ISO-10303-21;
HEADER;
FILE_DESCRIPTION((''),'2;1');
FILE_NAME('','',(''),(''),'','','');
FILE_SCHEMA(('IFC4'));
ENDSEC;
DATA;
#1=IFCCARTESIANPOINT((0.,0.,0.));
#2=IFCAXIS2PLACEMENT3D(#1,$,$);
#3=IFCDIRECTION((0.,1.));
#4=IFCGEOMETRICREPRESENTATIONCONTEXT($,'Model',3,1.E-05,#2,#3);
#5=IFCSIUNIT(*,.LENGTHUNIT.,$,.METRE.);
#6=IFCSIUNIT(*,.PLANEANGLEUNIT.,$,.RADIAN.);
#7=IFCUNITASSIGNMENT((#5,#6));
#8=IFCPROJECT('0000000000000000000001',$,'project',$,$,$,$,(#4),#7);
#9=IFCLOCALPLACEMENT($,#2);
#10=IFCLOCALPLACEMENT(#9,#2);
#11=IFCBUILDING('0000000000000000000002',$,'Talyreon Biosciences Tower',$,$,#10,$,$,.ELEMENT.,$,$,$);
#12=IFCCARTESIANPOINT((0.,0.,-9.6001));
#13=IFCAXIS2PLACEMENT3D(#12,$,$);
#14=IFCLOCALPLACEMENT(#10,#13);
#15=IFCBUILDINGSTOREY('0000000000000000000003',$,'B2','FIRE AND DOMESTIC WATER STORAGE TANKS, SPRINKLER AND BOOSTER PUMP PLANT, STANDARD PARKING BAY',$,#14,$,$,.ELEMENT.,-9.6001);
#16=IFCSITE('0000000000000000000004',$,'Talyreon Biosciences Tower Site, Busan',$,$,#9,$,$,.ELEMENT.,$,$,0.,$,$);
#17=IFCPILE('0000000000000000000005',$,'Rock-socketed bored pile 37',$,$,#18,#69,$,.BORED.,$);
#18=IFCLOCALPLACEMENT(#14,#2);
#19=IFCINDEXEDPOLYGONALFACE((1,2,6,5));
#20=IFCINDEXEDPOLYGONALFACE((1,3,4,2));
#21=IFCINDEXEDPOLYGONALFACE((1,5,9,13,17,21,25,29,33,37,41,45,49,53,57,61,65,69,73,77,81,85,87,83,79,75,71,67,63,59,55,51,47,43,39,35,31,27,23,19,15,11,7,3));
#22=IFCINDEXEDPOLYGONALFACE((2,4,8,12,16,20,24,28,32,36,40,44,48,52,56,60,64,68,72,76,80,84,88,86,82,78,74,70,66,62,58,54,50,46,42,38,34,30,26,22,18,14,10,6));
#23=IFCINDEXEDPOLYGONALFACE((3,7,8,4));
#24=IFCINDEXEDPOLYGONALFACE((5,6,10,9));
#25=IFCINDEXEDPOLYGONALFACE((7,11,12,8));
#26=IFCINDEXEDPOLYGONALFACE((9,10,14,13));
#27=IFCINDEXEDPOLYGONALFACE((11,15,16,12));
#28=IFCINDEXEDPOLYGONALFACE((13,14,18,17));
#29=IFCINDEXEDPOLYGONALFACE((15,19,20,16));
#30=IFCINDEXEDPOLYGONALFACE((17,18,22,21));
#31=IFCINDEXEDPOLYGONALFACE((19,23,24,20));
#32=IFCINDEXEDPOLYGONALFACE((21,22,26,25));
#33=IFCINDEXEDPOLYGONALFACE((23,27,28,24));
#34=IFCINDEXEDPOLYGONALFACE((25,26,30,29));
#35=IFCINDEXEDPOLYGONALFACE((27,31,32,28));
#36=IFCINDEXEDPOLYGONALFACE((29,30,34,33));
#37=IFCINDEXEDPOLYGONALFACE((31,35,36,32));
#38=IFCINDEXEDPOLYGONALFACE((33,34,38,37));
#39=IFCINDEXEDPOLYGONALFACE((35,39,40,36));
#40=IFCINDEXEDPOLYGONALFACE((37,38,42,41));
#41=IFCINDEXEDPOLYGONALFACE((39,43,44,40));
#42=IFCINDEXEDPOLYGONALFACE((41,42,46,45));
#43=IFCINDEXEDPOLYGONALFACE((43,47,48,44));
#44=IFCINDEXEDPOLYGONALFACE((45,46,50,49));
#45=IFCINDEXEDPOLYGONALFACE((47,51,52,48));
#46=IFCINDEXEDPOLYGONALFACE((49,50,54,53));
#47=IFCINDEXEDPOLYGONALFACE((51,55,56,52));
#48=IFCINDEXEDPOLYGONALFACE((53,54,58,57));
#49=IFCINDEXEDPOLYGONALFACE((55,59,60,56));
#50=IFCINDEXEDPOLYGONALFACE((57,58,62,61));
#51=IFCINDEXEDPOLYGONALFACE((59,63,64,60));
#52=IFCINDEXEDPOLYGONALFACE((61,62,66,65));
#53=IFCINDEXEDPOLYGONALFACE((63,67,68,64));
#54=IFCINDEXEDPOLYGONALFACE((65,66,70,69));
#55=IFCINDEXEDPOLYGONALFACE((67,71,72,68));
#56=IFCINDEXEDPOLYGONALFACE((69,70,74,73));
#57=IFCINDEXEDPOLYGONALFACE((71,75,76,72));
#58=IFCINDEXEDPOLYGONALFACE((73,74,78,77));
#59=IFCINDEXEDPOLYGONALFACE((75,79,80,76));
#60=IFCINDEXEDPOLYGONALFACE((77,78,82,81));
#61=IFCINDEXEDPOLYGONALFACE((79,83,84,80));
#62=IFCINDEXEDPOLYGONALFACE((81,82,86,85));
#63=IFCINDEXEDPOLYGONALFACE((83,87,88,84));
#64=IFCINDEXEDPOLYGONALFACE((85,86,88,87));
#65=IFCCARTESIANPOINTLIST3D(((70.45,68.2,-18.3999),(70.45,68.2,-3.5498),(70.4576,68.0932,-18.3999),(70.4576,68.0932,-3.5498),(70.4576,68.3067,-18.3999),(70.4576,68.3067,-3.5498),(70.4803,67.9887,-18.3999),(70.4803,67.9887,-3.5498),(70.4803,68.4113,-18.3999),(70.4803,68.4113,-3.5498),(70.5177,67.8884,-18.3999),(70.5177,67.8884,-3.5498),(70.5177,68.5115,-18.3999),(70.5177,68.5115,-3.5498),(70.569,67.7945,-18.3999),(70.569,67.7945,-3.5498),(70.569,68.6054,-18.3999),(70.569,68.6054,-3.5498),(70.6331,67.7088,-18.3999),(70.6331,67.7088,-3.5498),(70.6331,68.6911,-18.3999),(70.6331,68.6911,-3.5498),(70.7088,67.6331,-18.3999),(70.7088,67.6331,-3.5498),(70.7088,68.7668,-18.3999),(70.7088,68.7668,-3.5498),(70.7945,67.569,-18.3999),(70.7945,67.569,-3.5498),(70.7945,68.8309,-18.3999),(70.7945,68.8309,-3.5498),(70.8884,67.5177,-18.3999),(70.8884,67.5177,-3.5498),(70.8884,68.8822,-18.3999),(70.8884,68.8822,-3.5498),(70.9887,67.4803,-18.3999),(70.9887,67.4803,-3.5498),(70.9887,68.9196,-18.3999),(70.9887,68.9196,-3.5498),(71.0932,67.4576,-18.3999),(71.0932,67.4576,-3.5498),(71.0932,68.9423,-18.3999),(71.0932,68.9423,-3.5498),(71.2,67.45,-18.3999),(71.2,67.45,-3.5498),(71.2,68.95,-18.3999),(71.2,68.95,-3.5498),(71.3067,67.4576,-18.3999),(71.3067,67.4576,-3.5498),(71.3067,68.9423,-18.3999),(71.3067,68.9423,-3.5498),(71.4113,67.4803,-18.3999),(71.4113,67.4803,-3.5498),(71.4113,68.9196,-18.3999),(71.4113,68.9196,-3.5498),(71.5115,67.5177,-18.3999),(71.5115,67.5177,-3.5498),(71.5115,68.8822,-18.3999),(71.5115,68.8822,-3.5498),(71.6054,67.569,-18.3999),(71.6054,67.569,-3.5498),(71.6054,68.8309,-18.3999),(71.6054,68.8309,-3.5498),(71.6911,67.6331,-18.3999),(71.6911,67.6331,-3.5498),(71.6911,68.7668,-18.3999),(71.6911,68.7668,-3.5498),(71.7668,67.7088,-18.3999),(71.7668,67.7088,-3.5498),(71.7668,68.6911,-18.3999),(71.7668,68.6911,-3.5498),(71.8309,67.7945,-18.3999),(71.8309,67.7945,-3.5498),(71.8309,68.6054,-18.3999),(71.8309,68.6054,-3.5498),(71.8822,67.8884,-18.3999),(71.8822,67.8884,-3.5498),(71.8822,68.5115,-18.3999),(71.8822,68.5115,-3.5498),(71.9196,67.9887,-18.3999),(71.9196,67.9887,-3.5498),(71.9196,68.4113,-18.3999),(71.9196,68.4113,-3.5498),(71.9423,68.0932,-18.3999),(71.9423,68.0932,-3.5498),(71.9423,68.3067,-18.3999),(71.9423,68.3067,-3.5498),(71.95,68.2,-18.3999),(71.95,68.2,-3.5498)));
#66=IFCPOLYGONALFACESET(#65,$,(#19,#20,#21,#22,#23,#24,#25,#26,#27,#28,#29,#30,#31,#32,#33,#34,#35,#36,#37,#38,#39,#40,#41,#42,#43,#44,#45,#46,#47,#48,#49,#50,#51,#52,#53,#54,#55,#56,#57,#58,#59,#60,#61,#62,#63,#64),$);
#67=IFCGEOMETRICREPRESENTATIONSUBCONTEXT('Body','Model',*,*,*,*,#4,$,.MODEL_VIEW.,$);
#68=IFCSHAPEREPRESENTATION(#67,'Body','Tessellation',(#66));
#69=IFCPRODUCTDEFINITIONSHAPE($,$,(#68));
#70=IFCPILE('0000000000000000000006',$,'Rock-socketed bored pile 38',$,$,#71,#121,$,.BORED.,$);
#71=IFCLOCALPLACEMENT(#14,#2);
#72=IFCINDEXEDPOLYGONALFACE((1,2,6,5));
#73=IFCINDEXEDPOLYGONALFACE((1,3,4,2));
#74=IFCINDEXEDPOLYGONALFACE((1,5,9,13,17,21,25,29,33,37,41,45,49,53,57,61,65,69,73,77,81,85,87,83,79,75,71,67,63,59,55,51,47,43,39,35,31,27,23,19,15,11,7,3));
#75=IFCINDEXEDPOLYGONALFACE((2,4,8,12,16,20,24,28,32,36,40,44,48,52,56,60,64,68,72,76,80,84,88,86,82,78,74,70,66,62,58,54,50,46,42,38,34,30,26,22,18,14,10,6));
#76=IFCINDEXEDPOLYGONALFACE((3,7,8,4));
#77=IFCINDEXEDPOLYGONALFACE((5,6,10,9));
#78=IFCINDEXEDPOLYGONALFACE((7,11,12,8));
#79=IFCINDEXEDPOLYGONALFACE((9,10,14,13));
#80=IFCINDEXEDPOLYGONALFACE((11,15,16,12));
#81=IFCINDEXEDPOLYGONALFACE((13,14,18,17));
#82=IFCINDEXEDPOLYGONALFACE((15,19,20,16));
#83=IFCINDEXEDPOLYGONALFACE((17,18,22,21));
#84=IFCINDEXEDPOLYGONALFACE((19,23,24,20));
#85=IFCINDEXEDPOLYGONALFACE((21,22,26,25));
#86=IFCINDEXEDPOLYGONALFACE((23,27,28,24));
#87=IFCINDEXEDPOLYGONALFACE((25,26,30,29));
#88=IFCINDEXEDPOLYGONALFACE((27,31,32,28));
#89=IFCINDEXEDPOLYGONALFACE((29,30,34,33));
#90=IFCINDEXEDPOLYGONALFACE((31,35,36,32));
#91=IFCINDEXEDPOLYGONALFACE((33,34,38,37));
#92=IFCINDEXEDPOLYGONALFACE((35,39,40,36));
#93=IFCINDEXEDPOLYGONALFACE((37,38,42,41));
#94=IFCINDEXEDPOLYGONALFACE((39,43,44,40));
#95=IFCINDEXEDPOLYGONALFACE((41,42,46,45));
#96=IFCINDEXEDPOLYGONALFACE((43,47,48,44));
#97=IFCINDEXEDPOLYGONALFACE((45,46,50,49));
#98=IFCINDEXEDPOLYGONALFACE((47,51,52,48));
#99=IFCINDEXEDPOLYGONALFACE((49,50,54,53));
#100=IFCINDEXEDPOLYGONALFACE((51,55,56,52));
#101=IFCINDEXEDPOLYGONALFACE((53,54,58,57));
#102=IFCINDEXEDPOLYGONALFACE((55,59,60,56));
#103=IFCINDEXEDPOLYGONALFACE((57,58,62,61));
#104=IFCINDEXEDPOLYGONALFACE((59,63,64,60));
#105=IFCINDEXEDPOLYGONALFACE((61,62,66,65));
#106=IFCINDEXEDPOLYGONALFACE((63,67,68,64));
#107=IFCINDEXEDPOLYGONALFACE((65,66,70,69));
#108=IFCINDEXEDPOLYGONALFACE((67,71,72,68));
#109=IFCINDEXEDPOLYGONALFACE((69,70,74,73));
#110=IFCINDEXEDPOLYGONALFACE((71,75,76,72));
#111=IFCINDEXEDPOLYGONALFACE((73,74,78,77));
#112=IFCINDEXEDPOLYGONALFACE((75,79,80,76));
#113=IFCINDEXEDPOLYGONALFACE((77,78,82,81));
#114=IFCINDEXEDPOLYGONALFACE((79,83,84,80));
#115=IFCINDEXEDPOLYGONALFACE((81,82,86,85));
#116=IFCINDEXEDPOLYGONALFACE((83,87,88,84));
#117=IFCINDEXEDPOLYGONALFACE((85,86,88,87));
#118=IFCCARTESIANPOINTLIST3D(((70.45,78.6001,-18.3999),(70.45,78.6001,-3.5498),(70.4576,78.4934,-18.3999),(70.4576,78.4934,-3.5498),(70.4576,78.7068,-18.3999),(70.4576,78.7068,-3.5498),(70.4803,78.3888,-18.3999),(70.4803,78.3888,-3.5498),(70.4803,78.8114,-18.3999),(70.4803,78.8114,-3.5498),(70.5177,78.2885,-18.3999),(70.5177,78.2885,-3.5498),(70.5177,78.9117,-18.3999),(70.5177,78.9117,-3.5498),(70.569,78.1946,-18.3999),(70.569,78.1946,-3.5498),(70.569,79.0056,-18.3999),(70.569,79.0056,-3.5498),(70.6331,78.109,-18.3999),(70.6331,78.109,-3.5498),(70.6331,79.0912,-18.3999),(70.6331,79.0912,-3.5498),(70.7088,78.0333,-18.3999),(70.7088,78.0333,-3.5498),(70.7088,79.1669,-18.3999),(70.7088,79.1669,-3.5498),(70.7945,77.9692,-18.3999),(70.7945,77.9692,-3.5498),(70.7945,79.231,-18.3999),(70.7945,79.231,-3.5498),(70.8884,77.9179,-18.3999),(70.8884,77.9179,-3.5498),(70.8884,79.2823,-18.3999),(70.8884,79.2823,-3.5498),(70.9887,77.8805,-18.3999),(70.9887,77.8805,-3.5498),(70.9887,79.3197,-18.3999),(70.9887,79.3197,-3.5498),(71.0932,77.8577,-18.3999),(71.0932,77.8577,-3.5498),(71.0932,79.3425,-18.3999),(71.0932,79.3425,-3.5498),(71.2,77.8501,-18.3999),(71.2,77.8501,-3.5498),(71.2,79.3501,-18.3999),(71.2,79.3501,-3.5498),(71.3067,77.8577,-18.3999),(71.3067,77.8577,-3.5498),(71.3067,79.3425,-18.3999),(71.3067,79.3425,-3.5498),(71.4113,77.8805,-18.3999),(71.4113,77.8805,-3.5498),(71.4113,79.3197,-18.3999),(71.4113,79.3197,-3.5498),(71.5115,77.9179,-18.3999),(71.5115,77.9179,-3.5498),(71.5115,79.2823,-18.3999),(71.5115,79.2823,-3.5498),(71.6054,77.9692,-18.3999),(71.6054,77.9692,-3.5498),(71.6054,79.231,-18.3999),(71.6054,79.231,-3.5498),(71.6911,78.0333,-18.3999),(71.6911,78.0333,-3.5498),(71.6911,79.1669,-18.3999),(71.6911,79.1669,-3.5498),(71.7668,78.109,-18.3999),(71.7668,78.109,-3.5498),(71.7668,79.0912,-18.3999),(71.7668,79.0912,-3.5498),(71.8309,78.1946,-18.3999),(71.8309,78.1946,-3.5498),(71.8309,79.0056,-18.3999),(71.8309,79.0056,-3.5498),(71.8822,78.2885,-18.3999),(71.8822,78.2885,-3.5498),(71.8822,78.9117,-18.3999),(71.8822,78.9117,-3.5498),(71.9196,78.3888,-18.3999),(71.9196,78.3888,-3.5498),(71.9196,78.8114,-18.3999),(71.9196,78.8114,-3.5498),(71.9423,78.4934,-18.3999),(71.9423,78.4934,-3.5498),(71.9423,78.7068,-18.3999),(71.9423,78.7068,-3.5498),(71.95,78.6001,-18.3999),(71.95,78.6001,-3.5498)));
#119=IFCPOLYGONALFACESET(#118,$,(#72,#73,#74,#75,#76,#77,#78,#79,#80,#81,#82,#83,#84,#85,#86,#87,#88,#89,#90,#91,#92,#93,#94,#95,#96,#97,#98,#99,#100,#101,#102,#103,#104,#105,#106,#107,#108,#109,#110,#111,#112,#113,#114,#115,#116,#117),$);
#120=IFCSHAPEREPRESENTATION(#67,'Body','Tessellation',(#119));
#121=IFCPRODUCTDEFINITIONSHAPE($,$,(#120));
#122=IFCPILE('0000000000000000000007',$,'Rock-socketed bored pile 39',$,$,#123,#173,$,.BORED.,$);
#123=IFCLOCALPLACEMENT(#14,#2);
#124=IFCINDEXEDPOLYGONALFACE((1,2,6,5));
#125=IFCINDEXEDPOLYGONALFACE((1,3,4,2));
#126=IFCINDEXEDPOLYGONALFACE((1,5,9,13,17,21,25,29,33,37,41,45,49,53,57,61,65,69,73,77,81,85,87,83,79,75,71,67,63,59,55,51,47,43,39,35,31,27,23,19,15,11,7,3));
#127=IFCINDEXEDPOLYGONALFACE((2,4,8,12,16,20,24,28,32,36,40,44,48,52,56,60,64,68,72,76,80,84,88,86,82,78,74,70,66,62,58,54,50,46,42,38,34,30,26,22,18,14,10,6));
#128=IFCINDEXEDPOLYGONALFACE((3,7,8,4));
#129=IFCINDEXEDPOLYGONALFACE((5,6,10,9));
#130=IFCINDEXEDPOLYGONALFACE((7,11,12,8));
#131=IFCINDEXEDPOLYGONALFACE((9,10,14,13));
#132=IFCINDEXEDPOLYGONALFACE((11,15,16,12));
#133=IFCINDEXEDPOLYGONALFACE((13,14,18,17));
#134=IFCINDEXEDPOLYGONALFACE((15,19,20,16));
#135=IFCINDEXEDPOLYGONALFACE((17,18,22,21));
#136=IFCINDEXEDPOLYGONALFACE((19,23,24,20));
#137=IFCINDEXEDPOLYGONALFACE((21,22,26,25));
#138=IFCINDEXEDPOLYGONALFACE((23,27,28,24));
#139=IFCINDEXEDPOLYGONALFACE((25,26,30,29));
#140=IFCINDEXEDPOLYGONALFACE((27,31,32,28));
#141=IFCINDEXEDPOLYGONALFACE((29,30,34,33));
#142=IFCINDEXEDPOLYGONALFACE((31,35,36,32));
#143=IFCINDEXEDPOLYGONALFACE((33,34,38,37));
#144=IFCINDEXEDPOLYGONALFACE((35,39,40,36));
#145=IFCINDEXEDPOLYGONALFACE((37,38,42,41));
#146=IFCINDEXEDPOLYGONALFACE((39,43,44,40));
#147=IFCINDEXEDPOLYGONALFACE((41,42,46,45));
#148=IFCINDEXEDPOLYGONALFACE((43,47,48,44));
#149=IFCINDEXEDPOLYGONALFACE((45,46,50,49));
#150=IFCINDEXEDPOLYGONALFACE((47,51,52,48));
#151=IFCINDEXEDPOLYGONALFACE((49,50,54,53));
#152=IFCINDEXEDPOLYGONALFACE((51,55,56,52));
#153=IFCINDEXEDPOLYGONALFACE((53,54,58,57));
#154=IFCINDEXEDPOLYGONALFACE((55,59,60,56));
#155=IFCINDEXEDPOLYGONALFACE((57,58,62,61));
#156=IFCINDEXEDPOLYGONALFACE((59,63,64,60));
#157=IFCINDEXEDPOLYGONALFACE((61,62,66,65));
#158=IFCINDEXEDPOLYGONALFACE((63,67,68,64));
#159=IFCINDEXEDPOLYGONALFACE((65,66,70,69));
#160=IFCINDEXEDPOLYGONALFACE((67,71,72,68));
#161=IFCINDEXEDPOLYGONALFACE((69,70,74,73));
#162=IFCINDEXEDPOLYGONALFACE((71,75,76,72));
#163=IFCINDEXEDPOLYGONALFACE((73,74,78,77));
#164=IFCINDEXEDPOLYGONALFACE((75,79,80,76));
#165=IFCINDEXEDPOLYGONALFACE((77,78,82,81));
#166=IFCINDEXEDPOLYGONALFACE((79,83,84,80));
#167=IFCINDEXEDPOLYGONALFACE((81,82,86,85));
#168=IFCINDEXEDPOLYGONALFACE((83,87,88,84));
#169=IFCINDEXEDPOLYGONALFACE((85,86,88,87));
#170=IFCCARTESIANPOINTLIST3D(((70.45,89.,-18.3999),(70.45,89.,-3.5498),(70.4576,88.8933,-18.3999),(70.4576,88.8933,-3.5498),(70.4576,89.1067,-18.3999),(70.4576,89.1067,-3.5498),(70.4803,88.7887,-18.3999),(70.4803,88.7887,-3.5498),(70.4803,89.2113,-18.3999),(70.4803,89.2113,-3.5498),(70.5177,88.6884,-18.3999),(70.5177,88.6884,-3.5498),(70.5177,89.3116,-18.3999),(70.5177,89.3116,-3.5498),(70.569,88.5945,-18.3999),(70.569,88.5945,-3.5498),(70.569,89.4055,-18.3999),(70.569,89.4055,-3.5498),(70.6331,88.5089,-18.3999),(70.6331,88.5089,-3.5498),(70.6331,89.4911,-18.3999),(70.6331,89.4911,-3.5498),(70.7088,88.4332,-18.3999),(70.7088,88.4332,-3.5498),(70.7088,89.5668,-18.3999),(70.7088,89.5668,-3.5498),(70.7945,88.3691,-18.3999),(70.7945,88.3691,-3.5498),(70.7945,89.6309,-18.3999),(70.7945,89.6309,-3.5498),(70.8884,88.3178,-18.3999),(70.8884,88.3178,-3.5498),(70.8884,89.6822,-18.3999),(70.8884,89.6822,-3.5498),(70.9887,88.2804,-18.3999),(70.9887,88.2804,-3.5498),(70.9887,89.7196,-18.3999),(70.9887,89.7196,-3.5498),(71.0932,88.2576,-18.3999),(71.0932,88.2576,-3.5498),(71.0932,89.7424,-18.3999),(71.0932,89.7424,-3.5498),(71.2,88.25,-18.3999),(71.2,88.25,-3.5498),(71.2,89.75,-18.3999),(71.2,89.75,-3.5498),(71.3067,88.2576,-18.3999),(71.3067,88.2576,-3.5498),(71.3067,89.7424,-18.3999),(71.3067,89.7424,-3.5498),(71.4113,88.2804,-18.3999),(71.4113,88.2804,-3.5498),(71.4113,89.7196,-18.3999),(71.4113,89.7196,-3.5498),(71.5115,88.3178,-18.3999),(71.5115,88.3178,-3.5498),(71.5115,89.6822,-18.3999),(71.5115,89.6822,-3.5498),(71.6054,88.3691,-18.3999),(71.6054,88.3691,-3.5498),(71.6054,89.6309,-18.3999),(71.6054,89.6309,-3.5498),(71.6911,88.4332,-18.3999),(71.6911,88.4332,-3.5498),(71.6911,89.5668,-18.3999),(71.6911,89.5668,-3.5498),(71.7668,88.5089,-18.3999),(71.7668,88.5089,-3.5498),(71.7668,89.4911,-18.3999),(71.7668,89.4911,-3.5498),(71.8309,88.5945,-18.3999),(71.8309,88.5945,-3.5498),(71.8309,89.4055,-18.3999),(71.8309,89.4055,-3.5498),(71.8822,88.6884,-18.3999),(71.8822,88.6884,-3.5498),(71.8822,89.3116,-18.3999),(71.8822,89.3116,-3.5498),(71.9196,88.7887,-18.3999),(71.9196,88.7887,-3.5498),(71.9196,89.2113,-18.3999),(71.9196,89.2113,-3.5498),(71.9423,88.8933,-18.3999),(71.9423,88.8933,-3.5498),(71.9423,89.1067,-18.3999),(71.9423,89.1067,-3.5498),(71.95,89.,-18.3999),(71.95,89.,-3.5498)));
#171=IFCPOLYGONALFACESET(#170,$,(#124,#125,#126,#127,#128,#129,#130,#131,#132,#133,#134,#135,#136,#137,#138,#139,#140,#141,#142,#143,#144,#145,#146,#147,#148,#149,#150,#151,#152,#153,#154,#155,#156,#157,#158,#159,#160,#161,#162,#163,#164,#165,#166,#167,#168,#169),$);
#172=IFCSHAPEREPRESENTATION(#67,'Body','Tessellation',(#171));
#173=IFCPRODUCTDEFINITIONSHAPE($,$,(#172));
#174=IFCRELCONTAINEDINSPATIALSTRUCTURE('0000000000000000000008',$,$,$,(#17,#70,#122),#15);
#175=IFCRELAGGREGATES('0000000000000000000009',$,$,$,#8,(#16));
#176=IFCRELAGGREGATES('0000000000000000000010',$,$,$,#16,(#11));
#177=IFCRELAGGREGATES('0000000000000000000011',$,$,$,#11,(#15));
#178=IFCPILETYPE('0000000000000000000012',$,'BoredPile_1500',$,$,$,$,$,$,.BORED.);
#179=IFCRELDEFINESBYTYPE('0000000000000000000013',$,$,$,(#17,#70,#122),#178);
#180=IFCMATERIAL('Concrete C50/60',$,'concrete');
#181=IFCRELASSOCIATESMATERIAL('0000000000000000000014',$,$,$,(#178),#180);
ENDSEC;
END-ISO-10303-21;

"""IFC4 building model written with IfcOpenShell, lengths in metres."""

from ifc_helpers import new_model, si_unit, direction, frame, origin, origin_2d, place, context, subcontext, project, spatial, circle, extrude, material, material_profile, profile_set, type_object, element, save


model = new_model("IFC4")

# Units and contexts
model_context = context("Model", 3, precision=1e-05, world=origin(), true_north=direction((0.0, 1.0)))
body_context = subcontext(model_context, "Body", "Model", "MODEL_VIEW")
ifc_project = project(units=[si_unit("LENGTHUNIT", "METRE"), si_unit("PLANEANGLEUNIT", "RADIAN")], contexts=[model_context])

# Site, building, storey
site_placement = place(None, origin())
site = spatial("IfcSite", under=ifc_project, at=site_placement, Name="Talyreon Biosciences Tower Site, Busan", CompositionType="ELEMENT", RefElevation=0.0)
building_placement = place(site_placement, origin())
building = spatial("IfcBuilding", under=site, at=building_placement, Name="Talyreon Biosciences Tower", CompositionType="ELEMENT")
storey_placement = place(building_placement, frame((0.0, 0.0, -9.6001)))
storey = spatial("IfcBuildingStorey", under=building, at=storey_placement, Name="B2", Description="FIRE AND DOMESTIC WATER STORAGE TANKS, SPRINKLER AND BOOSTER PUMP PLANT, STANDARD PARKING BAY", CompositionType="ELEMENT", Elevation=-9.6001)

# Piles
ifc_material_1 = material(Name="Concrete C50/60", Category="concrete")
ifc_material_profile_1 = material_profile(ifc_material_1, circle(Radius=0.75, at=origin_2d()), Name="PILE D1500")
ifc_profile_set_1 = profile_set([ifc_material_profile_1], Name="Concrete C50/60")
pile_type = type_object("IfcPileType", Name="BoredPile_1500", PredefinedType="BORED", material=ifc_profile_set_1)
for number, where, z_axis, x_axis, name in (
    (1, (71.2, 68.2, -3.5498), (0.0, 0.0, -1.0), (1.0, 0.0, 0.0), "Rock-socketed bored pile 37"),
    (2, (71.2, 78.6001, -3.5498), (0.0, 0.0, -1.0), (1.0, 0.0, 0.0), "Rock-socketed bored pile 38"),
    (3, (71.2, 89.0, -3.5498), (0.0, 0.0, -1.0), (1.0, 0.0, 0.0), "Rock-socketed bored pile 39"),
):
    element("IfcPile", number, at=place(storey_placement, frame(where, z_axis=z_axis, x_axis=x_axis)), inside=storey, type_object=pile_type, Name=name, PredefinedType="BORED", context=body_context, shape_type="SweptSolid", body=[
        extrude(circle(Radius=0.75, at=origin_2d()), origin(), (0.0, 0.0, 1.0), 14.8501),
    ])

save(model, "model.ifc")
